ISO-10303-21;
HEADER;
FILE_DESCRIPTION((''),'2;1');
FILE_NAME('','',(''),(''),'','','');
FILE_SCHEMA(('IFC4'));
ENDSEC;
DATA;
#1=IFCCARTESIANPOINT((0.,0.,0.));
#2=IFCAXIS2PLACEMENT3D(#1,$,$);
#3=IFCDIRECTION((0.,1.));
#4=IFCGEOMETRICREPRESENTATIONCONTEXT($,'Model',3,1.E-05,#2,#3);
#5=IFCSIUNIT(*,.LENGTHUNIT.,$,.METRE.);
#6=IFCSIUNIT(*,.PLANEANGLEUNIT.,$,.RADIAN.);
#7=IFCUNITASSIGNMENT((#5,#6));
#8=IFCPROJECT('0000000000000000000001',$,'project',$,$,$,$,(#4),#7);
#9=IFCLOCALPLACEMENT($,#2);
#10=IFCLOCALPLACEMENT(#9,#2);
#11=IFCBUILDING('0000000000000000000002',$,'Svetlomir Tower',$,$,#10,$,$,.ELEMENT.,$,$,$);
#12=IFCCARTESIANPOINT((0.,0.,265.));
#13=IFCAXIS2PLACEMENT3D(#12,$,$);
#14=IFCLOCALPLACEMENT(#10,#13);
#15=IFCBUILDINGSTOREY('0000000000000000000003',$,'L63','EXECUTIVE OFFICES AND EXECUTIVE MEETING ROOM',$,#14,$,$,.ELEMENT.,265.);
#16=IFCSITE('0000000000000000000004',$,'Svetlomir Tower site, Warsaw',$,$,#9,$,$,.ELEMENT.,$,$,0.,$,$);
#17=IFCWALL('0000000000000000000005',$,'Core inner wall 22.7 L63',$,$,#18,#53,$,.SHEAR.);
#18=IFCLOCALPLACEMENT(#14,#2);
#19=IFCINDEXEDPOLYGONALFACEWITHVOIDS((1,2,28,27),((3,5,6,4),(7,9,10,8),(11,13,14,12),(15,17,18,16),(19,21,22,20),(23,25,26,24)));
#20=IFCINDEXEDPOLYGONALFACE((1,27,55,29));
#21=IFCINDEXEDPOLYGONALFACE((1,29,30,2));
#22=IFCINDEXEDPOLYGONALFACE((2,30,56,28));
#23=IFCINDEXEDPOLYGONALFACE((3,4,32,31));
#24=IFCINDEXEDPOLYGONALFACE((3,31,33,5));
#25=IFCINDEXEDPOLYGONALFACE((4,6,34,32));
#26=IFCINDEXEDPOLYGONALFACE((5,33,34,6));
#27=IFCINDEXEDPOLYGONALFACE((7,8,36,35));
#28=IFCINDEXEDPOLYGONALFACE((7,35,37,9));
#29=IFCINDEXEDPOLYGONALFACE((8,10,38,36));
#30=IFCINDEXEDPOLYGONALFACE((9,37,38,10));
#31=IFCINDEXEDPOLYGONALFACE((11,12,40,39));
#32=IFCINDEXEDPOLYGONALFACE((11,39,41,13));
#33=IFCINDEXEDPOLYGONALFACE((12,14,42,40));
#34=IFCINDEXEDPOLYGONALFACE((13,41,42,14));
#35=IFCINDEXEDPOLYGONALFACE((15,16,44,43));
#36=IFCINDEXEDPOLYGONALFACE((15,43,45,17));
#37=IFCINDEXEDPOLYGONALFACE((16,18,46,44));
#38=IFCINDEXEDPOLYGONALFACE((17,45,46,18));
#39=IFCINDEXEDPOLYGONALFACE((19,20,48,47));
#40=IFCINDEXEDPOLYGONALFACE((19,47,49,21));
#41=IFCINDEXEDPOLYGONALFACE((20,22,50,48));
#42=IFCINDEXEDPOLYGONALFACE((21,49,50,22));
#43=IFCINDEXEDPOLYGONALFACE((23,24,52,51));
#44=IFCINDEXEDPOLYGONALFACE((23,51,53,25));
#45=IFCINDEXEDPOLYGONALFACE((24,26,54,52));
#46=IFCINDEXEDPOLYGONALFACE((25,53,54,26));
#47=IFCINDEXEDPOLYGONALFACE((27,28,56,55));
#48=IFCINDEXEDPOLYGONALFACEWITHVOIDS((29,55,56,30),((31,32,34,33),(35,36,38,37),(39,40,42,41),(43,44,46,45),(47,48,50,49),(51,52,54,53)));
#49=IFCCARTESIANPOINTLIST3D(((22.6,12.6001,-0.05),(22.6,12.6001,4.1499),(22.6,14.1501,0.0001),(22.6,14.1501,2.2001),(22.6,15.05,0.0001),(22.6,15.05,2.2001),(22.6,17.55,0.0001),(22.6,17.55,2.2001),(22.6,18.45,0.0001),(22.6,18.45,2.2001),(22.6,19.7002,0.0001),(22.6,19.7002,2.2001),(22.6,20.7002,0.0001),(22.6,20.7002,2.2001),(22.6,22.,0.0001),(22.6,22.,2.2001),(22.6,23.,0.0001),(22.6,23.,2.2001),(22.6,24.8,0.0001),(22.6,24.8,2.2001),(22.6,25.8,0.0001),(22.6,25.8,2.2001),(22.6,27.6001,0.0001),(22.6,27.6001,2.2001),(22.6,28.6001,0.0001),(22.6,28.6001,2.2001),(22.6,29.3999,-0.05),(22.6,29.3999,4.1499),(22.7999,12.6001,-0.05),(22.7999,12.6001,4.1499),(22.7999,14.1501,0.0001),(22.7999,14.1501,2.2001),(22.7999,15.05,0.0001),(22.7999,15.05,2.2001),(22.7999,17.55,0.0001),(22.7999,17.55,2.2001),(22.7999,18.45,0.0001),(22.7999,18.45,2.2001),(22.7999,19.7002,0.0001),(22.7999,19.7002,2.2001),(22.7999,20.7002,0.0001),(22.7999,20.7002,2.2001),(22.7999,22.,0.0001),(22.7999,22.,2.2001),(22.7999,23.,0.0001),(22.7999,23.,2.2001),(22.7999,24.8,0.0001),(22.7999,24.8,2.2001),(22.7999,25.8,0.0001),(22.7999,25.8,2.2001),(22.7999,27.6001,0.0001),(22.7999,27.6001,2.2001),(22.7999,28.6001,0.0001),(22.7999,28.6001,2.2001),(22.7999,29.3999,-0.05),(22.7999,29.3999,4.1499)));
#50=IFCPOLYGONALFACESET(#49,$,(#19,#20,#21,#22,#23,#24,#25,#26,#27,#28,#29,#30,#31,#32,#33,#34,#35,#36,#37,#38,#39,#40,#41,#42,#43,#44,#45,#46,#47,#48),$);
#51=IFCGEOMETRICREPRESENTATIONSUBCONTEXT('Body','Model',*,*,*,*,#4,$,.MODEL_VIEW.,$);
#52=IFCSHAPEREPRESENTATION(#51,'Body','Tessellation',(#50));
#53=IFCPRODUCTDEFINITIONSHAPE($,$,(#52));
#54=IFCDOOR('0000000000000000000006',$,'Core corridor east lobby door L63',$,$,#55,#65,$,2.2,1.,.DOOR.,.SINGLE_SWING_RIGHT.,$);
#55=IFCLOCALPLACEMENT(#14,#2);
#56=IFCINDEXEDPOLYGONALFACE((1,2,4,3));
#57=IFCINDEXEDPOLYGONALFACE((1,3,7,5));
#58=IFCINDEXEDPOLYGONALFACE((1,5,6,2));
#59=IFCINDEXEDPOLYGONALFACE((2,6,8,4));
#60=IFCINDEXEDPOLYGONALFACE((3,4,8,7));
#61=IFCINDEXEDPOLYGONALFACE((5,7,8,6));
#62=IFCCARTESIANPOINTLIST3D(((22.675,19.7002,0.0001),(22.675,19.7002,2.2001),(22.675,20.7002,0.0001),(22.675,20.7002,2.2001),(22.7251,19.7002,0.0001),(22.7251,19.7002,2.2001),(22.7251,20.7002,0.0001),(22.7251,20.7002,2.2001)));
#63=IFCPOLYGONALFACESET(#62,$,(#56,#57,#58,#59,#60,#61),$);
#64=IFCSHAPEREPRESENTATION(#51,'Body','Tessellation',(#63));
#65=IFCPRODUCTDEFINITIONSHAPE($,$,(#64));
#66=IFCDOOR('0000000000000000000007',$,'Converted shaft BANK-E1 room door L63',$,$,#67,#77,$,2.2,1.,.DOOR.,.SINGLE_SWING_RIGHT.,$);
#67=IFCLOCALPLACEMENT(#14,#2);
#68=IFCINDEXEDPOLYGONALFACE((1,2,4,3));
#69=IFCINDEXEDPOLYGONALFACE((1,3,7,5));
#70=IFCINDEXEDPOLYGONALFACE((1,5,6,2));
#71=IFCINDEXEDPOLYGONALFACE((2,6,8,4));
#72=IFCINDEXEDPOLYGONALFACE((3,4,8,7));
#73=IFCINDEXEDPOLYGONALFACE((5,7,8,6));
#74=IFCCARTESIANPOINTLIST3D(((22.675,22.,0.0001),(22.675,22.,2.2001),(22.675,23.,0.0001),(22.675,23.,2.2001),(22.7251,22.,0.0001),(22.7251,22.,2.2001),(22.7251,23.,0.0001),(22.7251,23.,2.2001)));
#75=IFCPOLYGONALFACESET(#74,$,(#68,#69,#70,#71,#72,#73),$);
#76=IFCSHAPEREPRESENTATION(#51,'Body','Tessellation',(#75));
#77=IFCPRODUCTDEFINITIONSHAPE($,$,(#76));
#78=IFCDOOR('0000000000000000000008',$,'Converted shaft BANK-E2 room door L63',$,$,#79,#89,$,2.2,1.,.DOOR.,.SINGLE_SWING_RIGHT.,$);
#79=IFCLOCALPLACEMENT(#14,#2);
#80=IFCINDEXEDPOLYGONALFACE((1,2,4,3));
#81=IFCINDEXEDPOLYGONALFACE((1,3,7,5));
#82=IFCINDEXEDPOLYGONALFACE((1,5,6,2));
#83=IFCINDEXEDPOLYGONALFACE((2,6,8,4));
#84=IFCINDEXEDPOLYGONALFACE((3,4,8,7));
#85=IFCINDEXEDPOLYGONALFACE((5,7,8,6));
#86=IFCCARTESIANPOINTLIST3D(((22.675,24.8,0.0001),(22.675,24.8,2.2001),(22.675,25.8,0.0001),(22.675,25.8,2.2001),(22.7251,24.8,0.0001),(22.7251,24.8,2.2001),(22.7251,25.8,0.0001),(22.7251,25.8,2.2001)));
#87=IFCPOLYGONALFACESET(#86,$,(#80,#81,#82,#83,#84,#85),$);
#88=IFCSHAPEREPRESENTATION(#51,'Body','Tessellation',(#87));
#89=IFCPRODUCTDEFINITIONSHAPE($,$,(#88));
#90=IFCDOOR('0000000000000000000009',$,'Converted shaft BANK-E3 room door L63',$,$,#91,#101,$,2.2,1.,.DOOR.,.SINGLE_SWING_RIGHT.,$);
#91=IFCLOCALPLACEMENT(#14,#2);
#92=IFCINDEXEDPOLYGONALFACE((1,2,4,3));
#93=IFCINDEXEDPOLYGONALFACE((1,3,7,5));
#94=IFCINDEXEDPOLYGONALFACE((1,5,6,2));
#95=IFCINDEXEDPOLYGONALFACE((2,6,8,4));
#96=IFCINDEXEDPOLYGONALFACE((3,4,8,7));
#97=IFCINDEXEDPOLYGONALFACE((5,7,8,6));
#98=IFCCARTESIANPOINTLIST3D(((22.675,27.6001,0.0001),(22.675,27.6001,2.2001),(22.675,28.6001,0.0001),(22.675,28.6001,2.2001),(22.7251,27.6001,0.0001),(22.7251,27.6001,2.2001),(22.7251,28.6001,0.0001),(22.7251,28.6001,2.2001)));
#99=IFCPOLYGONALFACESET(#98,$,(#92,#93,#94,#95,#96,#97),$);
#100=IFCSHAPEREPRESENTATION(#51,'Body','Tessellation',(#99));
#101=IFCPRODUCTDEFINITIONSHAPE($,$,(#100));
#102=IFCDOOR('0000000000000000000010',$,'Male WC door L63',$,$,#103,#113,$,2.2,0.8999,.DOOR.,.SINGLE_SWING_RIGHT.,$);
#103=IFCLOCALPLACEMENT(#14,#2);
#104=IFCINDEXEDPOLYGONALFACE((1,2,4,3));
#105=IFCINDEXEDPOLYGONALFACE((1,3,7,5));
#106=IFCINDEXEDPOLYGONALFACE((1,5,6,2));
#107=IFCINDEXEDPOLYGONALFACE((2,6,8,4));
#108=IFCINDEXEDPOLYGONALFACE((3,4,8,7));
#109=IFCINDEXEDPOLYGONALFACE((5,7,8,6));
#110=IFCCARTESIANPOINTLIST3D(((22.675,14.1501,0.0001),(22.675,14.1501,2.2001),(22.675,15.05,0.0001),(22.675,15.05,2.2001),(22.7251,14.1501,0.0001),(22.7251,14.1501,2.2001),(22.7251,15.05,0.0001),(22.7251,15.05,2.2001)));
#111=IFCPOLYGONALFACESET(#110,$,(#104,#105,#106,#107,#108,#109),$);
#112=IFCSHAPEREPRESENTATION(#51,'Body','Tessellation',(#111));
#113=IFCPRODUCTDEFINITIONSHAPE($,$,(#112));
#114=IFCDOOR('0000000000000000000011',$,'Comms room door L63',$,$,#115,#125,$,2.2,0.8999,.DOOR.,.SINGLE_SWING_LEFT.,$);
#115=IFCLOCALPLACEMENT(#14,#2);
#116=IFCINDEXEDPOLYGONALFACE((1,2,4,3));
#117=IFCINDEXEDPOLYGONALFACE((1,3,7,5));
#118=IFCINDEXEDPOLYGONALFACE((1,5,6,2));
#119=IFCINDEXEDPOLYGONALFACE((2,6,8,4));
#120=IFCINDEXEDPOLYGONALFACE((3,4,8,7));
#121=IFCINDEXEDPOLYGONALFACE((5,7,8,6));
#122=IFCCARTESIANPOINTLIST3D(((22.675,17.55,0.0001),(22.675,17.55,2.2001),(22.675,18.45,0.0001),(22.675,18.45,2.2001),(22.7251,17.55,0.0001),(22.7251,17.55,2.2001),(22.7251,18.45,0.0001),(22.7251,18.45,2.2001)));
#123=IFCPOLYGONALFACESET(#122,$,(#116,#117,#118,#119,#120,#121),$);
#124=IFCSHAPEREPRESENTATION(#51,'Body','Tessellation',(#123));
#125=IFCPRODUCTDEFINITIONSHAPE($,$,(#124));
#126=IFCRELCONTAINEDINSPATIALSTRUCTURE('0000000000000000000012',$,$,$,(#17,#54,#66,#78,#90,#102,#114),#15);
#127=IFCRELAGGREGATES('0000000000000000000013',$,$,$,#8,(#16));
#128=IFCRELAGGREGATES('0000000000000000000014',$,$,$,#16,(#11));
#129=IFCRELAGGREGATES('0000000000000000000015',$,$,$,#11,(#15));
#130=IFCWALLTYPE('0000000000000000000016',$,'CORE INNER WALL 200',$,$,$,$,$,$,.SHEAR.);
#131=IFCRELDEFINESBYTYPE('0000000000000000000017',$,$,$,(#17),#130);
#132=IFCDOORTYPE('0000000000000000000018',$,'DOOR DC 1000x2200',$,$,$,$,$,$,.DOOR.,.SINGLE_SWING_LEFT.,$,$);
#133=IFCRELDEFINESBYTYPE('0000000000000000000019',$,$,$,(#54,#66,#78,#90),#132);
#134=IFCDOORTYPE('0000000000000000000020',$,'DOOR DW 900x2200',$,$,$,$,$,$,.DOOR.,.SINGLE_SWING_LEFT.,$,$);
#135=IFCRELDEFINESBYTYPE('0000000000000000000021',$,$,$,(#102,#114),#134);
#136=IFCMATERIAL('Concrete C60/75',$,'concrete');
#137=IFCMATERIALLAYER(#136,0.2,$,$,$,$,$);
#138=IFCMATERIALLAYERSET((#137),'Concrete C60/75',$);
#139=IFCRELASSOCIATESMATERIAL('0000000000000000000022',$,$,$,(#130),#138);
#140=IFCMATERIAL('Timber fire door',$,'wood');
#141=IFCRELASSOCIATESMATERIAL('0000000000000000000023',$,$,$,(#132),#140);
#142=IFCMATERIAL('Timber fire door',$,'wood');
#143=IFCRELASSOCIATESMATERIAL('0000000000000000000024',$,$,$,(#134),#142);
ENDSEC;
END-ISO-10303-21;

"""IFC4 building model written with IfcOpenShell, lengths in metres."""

from ifc_helpers import new_model, si_unit, direction, frame, frame_2d, origin, place, context, subcontext, project, spatial, rectangle, extrude, material, layer, layer_set, type_object, element, fill, save


model = new_model("IFC4")

# Units and contexts
model_context = context("Model", 3, precision=1e-05, world=origin(), true_north=direction((0.0, 1.0)))
body_context = subcontext(model_context, "Body", "Model", "MODEL_VIEW")
ifc_project = project(units=[si_unit("LENGTHUNIT", "METRE"), si_unit("PLANEANGLEUNIT", "RADIAN")], contexts=[model_context])

# Site, building, storey
site_placement = place(None, origin())
site = spatial("IfcSite", under=ifc_project, at=site_placement, Name="Svetlomir Tower site, Warsaw", CompositionType="ELEMENT", RefElevation=0.0)
building_placement = place(site_placement, origin())
building = spatial("IfcBuilding", under=site, at=building_placement, Name="Svetlomir Tower", CompositionType="ELEMENT")
storey_placement = place(building_placement, frame((0.0, 0.0, 265.0)))
storey = spatial("IfcBuildingStorey", under=building, at=storey_placement, Name="L63", Description="EXECUTIVE OFFICES AND EXECUTIVE MEETING ROOM", CompositionType="ELEMENT", Elevation=265.0)

# Shared definitions
ifc_material_1 = material(Name="Concrete C60/75", Category="concrete")
ifc_layer_1 = layer(ifc_material_1, 0.2)
ifc_layer_set_1 = layer_set([ifc_layer_1], Name="Concrete C60/75")
wall_type = type_object("IfcWallType", Name="CORE INNER WALL 200", PredefinedType="SHEAR", material=ifc_layer_set_1)

# Wall, openings, doors
ifc_material_2 = material(Name="Timber fire door", Category="wood")
door_type_1 = type_object("IfcDoorType", Name="DOOR DC 1000x2200", OperationType="SINGLE_SWING_LEFT", PredefinedType="DOOR", material=ifc_material_2)
ifc_material_3 = material(Name="Timber fire door", Category="wood")
door_type_2 = type_object("IfcDoorType", Name="DOOR DW 900x2200", OperationType="SINGLE_SWING_LEFT", PredefinedType="DOOR", material=ifc_material_3)
wall_1_placement = place(storey_placement, frame((22.7, 12.6001, -0.05), z_axis=(0.0, 0.0, 1.0), x_axis=(0.0, 1.0, 0.0)))
wall_1 = element("IfcWall", 1, at=wall_1_placement, inside=storey, type_object=wall_type, Name="Core inner wall 22.7 L63", PredefinedType="SHEAR", context=body_context, shape_type="SweptSolid", body=[
    extrude(rectangle(XDim=16.7998, YDim=0.2, at=frame_2d((8.3999, 0.0))), origin(), (0.0, 0.0, 1.0), 4.2),
])
opening_1_placement = place(wall_1_placement, frame((7.1001, 0.0, 0.05)))
opening_1 = element("IfcOpeningElement", 2, at=opening_1_placement, cuts=wall_1, PredefinedType="OPENING", context=body_context, shape_type="SweptSolid", body=[
    extrude(rectangle(XDim=1.0, YDim=2.2, at=frame_2d((0.5, 1.1001))), frame((0.0, 0.1099, 0.0), z_axis=(0.0, -1.0, 0.0), x_axis=(1.0, 0.0, 0.0)), (0.0, 0.0, 1.0), 0.22),
])
opening_2_placement = place(wall_1_placement, frame((1.55, 0.0, 0.05)))
opening_2 = element("IfcOpeningElement", 3, at=opening_2_placement, cuts=wall_1, PredefinedType="OPENING", context=body_context, shape_type="SweptSolid", body=[
    extrude(rectangle(XDim=0.8999, YDim=2.2, at=frame_2d((0.45, 1.1001))), frame((0.0, 0.1099, 0.0), z_axis=(0.0, -1.0, 0.0), x_axis=(1.0, 0.0, 0.0)), (0.0, 0.0, 1.0), 0.22),
])
opening_3_placement = place(wall_1_placement, frame((4.95, 0.0, 0.05)))
opening_3 = element("IfcOpeningElement", 4, at=opening_3_placement, cuts=wall_1, PredefinedType="OPENING", context=body_context, shape_type="SweptSolid", body=[
    extrude(rectangle(XDim=0.8999, YDim=2.2, at=frame_2d((0.45, 1.1001))), frame((0.0, 0.1099, 0.0), z_axis=(0.0, -1.0, 0.0), x_axis=(1.0, 0.0, 0.0)), (0.0, 0.0, 1.0), 0.22),
])
opening_4_placement = place(wall_1_placement, frame((9.3999, 0.0, 0.05)))
opening_4 = element("IfcOpeningElement", 5, at=opening_4_placement, cuts=wall_1, PredefinedType="OPENING", context=body_context, shape_type="SweptSolid", body=[
    extrude(rectangle(XDim=1.0, YDim=2.2, at=frame_2d((0.5, 1.1001))), frame((0.0, 0.1099, 0.0), z_axis=(0.0, -1.0, 0.0), x_axis=(1.0, 0.0, 0.0)), (0.0, 0.0, 1.0), 0.22),
])
opening_5_placement = place(wall_1_placement, frame((12.2, 0.0, 0.05)))
opening_5 = element("IfcOpeningElement", 6, at=opening_5_placement, cuts=wall_1, PredefinedType="OPENING", context=body_context, shape_type="SweptSolid", body=[
    extrude(rectangle(XDim=1.0, YDim=2.2, at=frame_2d((0.5, 1.1001))), frame((0.0, 0.1099, 0.0), z_axis=(0.0, -1.0, 0.0), x_axis=(1.0, 0.0, 0.0)), (0.0, 0.0, 1.0), 0.22),
])
opening_6_placement = place(wall_1_placement, frame((15.0, 0.0, 0.05)))
opening_6 = element("IfcOpeningElement", 7, at=opening_6_placement, cuts=wall_1, PredefinedType="OPENING", context=body_context, shape_type="SweptSolid", body=[
    extrude(rectangle(XDim=1.0, YDim=2.2, at=frame_2d((0.5, 1.1001))), frame((0.0, 0.1099, 0.0), z_axis=(0.0, -1.0, 0.0), x_axis=(1.0, 0.0, 0.0)), (0.0, 0.0, 1.0), 0.22),
])
door_1_placement = place(opening_1_placement, origin())
door_1 = element("IfcDoor", 8, at=door_1_placement, inside=storey, type_object=door_type_1, Name="Core corridor east lobby door L63", OperationType="SINGLE_SWING_RIGHT", OverallHeight=2.2, OverallWidth=1.0, PredefinedType="DOOR", context=body_context, shape_type="SweptSolid", body=[
    extrude(rectangle(XDim=1.0, YDim=2.2, at=frame_2d((0.5, 1.1001))), frame((0.0, 0.0249, 0.0), z_axis=(0.0, -1.0, 0.0), x_axis=(1.0, 0.0, 0.0)), (0.0, 0.0, 1.0), 0.05),
])
fill(opening_1, door_1)
door_2_placement = place(opening_4_placement, origin())
door_2 = element("IfcDoor", 9, at=door_2_placement, inside=storey, type_object=door_type_1, Name="Converted shaft BANK-E1 room door L63", OperationType="SINGLE_SWING_RIGHT", OverallHeight=2.2, OverallWidth=1.0, PredefinedType="DOOR", context=body_context, shape_type="SweptSolid", body=[
    extrude(rectangle(XDim=1.0, YDim=2.2, at=frame_2d((0.5, 1.1001))), frame((0.0, 0.0249, 0.0), z_axis=(0.0, -1.0, 0.0), x_axis=(1.0, 0.0, 0.0)), (0.0, 0.0, 1.0), 0.05),
])
fill(opening_4, door_2)
door_3_placement = place(opening_5_placement, origin())
door_3 = element("IfcDoor", 10, at=door_3_placement, inside=storey, type_object=door_type_1, Name="Converted shaft BANK-E2 room door L63", OperationType="SINGLE_SWING_RIGHT", OverallHeight=2.2, OverallWidth=1.0, PredefinedType="DOOR", context=body_context, shape_type="SweptSolid", body=[
    extrude(rectangle(XDim=1.0, YDim=2.2, at=frame_2d((0.5, 1.1001))), frame((0.0, 0.0249, 0.0), z_axis=(0.0, -1.0, 0.0), x_axis=(1.0, 0.0, 0.0)), (0.0, 0.0, 1.0), 0.05),
])
fill(opening_5, door_3)
door_4_placement = place(opening_6_placement, origin())
door_4 = element("IfcDoor", 11, at=door_4_placement, inside=storey, type_object=door_type_1, Name="Converted shaft BANK-E3 room door L63", OperationType="SINGLE_SWING_RIGHT", OverallHeight=2.2, OverallWidth=1.0, PredefinedType="DOOR", context=body_context, shape_type="SweptSolid", body=[
    extrude(rectangle(XDim=1.0, YDim=2.2, at=frame_2d((0.5, 1.1001))), frame((0.0, 0.0249, 0.0), z_axis=(0.0, -1.0, 0.0), x_axis=(1.0, 0.0, 0.0)), (0.0, 0.0, 1.0), 0.05),
])
fill(opening_6, door_4)
door_5_placement = place(opening_2_placement, origin())
door_5 = element("IfcDoor", 12, at=door_5_placement, inside=storey, type_object=door_type_2, Name="Male WC door L63", OperationType="SINGLE_SWING_RIGHT", OverallHeight=2.2, OverallWidth=0.8999, PredefinedType="DOOR", context=body_context, shape_type="SweptSolid", body=[
    extrude(rectangle(XDim=0.8999, YDim=2.2, at=frame_2d((0.45, 1.1001))), frame((0.0, 0.0249, 0.0), z_axis=(0.0, -1.0, 0.0), x_axis=(1.0, 0.0, 0.0)), (0.0, 0.0, 1.0), 0.05),
])
fill(opening_2, door_5)
door_6_placement = place(opening_3_placement, origin())
door_6 = element("IfcDoor", 13, at=door_6_placement, inside=storey, type_object=door_type_2, Name="Comms room door L63", OperationType="SINGLE_SWING_LEFT", OverallHeight=2.2, OverallWidth=0.8999, PredefinedType="DOOR", context=body_context, shape_type="SweptSolid", body=[
    extrude(rectangle(XDim=0.8999, YDim=2.2, at=frame_2d((0.45, 1.1001))), frame((0.0, 0.0249, 0.0), z_axis=(0.0, -1.0, 0.0), x_axis=(1.0, 0.0, 0.0)), (0.0, 0.0, 1.0), 0.05),
])
fill(opening_3, door_6)

save(model, "model.ifc")
